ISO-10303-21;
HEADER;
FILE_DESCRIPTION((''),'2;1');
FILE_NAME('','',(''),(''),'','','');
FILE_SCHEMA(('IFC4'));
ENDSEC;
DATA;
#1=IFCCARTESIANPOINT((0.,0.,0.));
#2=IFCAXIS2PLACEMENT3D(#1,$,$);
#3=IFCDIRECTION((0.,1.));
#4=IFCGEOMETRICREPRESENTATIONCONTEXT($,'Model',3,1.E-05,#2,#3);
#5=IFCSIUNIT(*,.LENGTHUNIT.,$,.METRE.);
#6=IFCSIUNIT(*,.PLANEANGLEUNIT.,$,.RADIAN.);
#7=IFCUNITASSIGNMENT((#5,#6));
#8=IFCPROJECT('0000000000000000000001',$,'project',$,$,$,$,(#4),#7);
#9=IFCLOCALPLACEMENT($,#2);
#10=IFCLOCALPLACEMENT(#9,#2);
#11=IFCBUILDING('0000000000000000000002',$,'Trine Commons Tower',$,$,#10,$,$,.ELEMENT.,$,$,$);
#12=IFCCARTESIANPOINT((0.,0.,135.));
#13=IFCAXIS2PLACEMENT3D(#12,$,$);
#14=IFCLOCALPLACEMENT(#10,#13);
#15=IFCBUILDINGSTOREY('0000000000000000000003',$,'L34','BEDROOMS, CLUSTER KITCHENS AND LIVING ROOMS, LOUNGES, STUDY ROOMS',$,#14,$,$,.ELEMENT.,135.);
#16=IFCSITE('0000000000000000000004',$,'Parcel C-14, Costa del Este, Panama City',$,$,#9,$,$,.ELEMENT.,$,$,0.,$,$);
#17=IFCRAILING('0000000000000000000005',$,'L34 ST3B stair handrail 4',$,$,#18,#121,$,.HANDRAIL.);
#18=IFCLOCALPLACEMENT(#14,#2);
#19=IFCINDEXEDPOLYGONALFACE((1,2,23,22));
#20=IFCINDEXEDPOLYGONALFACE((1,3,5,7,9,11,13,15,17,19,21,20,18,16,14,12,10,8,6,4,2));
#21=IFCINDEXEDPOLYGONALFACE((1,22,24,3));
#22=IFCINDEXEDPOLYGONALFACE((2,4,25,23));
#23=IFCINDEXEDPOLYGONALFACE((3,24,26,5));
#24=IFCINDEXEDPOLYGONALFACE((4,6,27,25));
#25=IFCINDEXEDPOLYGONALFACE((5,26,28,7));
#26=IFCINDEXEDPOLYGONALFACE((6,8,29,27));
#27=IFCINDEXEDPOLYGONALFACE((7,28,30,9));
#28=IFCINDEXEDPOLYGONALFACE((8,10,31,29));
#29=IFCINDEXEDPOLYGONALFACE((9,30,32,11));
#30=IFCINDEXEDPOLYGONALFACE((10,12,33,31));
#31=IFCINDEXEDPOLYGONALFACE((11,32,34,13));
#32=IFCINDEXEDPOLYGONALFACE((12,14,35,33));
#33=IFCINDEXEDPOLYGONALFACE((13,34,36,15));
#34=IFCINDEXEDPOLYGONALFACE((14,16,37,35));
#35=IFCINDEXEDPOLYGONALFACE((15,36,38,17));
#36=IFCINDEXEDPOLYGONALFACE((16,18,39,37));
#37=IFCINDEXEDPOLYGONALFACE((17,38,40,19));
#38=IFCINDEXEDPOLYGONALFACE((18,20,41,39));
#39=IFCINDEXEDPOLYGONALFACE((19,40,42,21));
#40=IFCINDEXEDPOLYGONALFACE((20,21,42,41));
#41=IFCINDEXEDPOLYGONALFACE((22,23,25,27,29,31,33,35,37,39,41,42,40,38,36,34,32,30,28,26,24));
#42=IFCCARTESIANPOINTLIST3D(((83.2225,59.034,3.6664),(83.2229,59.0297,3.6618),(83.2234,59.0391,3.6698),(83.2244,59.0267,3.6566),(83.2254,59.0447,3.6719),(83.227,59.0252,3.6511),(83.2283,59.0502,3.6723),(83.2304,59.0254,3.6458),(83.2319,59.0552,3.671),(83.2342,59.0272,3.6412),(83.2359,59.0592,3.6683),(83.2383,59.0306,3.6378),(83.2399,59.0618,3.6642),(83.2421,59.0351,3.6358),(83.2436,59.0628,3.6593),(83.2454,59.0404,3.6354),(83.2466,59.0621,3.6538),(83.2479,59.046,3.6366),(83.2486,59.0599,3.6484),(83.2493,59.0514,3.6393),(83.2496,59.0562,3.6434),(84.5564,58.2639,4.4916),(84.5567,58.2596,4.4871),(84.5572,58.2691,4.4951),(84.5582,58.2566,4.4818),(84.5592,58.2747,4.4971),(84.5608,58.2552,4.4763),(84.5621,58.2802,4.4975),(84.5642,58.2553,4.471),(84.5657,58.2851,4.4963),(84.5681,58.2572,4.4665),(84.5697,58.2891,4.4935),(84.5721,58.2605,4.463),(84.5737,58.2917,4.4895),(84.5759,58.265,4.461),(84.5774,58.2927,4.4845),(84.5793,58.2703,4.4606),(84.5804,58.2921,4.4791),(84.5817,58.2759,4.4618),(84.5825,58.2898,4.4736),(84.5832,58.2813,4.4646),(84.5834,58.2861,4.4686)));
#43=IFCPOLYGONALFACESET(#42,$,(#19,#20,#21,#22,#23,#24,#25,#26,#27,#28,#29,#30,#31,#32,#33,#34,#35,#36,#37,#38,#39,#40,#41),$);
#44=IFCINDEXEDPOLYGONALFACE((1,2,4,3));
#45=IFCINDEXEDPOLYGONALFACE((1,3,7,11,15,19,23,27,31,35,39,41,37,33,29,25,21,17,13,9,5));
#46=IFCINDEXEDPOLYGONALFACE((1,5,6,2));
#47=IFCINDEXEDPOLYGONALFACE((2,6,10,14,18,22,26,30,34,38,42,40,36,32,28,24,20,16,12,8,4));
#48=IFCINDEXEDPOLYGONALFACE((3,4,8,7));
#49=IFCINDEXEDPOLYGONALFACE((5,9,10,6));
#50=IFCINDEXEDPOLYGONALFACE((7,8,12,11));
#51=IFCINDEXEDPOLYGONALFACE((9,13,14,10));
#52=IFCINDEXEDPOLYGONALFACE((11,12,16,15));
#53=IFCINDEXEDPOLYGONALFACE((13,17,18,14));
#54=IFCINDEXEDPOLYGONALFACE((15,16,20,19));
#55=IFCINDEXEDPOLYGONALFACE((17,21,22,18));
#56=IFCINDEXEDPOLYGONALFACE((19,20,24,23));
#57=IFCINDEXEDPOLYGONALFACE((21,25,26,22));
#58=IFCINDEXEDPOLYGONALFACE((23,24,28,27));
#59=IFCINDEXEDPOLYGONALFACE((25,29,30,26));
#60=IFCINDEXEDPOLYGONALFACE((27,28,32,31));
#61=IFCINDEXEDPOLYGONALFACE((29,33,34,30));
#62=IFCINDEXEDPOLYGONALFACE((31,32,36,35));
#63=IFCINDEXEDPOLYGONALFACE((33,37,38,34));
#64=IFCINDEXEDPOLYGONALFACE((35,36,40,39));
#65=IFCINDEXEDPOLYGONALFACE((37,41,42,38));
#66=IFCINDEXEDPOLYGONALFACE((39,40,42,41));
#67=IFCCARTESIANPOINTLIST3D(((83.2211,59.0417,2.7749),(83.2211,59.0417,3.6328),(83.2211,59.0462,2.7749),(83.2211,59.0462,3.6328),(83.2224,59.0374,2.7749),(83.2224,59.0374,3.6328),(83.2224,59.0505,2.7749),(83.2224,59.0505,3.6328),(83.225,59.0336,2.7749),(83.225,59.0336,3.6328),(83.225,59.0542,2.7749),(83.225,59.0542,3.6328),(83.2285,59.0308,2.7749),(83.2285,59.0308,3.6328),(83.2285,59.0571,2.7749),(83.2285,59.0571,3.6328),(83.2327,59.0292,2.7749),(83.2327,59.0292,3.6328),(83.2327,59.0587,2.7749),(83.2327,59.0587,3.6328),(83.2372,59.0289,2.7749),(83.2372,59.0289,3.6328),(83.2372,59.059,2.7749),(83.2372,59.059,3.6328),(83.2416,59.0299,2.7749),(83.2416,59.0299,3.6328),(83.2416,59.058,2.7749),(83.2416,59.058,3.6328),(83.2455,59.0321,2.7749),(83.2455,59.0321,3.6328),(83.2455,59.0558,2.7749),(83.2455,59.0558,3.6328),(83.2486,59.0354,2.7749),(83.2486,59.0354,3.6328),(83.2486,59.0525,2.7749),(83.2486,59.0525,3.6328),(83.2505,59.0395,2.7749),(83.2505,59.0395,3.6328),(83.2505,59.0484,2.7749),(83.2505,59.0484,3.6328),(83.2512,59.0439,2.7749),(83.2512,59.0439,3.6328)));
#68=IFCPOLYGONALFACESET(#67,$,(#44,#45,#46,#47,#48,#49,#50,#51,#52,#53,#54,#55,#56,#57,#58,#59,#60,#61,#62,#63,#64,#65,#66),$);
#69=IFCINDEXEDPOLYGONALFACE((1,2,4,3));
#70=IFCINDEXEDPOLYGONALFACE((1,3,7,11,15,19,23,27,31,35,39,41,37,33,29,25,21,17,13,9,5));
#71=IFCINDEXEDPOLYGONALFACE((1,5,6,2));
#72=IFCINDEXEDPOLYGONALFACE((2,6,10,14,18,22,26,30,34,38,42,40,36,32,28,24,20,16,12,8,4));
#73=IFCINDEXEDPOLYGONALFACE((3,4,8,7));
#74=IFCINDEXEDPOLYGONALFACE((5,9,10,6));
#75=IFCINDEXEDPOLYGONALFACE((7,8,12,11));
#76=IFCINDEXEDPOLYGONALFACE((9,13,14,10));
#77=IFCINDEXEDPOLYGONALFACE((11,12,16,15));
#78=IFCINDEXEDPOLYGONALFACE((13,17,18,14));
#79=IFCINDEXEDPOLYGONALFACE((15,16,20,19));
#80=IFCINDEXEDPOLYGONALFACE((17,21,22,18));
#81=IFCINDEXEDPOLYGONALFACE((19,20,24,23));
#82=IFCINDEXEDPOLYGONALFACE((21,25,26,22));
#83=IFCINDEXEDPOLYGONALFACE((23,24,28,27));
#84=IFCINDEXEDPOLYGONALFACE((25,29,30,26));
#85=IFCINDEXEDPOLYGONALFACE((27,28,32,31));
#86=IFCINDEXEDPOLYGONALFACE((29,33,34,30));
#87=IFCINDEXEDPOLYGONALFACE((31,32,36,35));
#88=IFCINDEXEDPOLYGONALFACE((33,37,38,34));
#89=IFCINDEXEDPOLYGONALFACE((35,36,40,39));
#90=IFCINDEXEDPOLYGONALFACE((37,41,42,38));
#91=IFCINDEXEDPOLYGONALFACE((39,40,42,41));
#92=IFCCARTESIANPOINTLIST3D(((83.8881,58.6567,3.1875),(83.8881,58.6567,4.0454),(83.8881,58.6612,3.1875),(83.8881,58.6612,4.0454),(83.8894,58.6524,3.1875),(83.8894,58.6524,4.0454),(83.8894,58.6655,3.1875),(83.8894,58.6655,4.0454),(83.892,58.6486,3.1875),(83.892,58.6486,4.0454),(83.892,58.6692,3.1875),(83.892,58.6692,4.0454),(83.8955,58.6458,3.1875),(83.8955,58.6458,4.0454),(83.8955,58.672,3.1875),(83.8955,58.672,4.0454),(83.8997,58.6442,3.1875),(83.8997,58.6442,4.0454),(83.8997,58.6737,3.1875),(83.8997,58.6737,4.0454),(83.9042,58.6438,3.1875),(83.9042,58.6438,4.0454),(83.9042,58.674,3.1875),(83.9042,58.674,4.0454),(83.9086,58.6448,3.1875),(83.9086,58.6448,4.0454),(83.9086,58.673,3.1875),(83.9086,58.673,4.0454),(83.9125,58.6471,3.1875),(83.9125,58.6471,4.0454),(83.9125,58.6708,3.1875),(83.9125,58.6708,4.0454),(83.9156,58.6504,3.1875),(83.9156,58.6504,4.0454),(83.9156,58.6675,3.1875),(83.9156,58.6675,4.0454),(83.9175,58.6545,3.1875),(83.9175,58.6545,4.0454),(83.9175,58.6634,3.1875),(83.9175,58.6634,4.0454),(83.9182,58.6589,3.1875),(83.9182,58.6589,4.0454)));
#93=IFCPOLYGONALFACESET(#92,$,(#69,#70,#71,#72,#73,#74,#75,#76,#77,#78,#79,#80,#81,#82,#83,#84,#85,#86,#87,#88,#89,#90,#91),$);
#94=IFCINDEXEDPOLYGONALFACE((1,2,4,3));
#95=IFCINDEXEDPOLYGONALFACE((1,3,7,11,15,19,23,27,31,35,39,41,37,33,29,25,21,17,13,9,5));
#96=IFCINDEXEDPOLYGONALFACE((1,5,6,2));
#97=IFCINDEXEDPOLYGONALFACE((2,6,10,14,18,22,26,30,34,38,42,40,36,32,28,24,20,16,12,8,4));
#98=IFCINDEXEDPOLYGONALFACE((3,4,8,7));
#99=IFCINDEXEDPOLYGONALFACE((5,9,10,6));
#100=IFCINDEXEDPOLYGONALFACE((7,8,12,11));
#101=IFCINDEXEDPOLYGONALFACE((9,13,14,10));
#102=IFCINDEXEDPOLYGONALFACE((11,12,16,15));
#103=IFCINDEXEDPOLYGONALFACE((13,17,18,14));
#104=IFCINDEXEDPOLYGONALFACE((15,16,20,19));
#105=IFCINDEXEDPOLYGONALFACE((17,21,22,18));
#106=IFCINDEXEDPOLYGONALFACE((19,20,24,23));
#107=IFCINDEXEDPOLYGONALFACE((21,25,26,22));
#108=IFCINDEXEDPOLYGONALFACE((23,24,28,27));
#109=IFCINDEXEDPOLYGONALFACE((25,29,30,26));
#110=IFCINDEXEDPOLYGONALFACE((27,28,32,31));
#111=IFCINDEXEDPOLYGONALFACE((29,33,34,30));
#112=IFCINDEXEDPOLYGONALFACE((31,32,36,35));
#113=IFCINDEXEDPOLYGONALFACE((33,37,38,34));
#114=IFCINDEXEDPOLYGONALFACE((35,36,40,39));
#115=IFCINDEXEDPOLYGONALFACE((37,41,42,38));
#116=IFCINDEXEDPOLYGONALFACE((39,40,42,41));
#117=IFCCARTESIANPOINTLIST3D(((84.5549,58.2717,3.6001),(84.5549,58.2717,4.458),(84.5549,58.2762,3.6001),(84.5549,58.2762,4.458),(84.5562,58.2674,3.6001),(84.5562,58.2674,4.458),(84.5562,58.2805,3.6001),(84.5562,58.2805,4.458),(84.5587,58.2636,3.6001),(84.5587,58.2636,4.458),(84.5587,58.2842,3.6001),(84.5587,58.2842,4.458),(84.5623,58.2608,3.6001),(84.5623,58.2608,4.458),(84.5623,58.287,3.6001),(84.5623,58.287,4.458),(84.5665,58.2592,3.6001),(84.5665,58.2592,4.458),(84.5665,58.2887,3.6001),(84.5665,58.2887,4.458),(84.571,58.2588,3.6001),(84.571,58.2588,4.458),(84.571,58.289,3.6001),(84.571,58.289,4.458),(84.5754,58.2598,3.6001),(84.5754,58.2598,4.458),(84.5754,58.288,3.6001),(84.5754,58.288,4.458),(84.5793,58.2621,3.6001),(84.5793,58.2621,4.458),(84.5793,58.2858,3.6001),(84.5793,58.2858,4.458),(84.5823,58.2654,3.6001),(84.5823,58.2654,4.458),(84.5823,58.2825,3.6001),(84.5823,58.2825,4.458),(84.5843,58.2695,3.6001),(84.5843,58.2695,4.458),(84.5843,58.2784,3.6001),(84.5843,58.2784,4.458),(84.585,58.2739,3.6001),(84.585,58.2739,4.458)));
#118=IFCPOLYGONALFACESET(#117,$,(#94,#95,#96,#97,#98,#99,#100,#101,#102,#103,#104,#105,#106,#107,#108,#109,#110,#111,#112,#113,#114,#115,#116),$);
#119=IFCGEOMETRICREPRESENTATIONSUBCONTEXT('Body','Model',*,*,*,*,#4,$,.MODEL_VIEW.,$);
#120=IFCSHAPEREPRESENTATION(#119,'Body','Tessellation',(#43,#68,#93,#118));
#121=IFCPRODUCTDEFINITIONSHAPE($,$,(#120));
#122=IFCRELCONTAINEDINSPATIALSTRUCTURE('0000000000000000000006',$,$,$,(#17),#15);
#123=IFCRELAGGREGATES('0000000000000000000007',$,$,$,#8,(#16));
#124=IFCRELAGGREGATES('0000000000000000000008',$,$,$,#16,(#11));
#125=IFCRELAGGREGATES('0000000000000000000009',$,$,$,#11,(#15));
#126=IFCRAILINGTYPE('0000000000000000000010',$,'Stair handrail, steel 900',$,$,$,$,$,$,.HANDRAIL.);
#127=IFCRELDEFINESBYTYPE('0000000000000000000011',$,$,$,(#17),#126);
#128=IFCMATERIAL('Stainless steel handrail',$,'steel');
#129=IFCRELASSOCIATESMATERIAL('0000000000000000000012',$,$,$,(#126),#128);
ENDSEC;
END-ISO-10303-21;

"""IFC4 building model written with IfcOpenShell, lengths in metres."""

from ifc_helpers import new_model, si_unit, direction, frame, origin, origin_2d, place, context, subcontext, project, spatial, circle, extrude, material, type_object, element, save


model = new_model("IFC4")

# Units and contexts
model_context = context("Model", 3, precision=1e-05, world=origin(), true_north=direction((0.0, 1.0)))
body_context = subcontext(model_context, "Body", "Model", "MODEL_VIEW")
ifc_project = project(units=[si_unit("LENGTHUNIT", "METRE"), si_unit("PLANEANGLEUNIT", "RADIAN")], contexts=[model_context])

# Site, building, storey
site_placement = place(None, origin())
site = spatial("IfcSite", under=ifc_project, at=site_placement, Name="Parcel C-14, Costa del Este, Panama City", CompositionType="ELEMENT", RefElevation=0.0)
building_placement = place(site_placement, origin())
building = spatial("IfcBuilding", under=site, at=building_placement, Name="Trine Commons Tower", CompositionType="ELEMENT")
storey_placement = place(building_placement, frame((0.0, 0.0, 135.0)))
storey = spatial("IfcBuildingStorey", under=building, at=storey_placement, Name="L34", Description="BEDROOMS, CLUSTER KITCHENS AND LIVING ROOMS, LOUNGES, STUDY ROOMS", CompositionType="ELEMENT", Elevation=135.0)

# Railing
ifc_material_1 = material(Name="Stainless steel handrail", Category="steel")
railing_type_1 = type_object("IfcRailingType", Name="Stair handrail, steel 900", PredefinedType="HANDRAIL", material=ifc_material_1)
railing_1_placement = place(storey_placement, frame((83.2361, 59.0439, 2.7749)))
element("IfcRailing", 1, at=railing_1_placement, inside=storey, type_object=railing_type_1, Name="L34 ST3B stair handrail 4", PredefinedType="HANDRAIL", context=body_context, shape_type="SweptSolid", body=[
    extrude(circle(Radius=0.021, at=origin_2d()), frame((0.0, 0.0, 0.8789), z_axis=(0.763355, -0.440714, 0.472293), x_axis=(0.499992, 0.86603, 0.0)), (0.0, 0.0, 1.0), 1.7473),
    extrude(circle(Radius=0.0151, at=origin_2d()), origin(), (0.0, 0.0, 1.0), 0.8579),
    extrude(circle(Radius=0.0151, at=origin_2d()), frame((0.667, -0.385, 0.4126)), (0.0, 0.0, 1.0), 0.8579),
    extrude(circle(Radius=0.0151, at=origin_2d()), frame((1.3337, -0.77, 0.8252)), (0.0, 0.0, 1.0), 0.8579),
])

save(model, "model.ifc")
